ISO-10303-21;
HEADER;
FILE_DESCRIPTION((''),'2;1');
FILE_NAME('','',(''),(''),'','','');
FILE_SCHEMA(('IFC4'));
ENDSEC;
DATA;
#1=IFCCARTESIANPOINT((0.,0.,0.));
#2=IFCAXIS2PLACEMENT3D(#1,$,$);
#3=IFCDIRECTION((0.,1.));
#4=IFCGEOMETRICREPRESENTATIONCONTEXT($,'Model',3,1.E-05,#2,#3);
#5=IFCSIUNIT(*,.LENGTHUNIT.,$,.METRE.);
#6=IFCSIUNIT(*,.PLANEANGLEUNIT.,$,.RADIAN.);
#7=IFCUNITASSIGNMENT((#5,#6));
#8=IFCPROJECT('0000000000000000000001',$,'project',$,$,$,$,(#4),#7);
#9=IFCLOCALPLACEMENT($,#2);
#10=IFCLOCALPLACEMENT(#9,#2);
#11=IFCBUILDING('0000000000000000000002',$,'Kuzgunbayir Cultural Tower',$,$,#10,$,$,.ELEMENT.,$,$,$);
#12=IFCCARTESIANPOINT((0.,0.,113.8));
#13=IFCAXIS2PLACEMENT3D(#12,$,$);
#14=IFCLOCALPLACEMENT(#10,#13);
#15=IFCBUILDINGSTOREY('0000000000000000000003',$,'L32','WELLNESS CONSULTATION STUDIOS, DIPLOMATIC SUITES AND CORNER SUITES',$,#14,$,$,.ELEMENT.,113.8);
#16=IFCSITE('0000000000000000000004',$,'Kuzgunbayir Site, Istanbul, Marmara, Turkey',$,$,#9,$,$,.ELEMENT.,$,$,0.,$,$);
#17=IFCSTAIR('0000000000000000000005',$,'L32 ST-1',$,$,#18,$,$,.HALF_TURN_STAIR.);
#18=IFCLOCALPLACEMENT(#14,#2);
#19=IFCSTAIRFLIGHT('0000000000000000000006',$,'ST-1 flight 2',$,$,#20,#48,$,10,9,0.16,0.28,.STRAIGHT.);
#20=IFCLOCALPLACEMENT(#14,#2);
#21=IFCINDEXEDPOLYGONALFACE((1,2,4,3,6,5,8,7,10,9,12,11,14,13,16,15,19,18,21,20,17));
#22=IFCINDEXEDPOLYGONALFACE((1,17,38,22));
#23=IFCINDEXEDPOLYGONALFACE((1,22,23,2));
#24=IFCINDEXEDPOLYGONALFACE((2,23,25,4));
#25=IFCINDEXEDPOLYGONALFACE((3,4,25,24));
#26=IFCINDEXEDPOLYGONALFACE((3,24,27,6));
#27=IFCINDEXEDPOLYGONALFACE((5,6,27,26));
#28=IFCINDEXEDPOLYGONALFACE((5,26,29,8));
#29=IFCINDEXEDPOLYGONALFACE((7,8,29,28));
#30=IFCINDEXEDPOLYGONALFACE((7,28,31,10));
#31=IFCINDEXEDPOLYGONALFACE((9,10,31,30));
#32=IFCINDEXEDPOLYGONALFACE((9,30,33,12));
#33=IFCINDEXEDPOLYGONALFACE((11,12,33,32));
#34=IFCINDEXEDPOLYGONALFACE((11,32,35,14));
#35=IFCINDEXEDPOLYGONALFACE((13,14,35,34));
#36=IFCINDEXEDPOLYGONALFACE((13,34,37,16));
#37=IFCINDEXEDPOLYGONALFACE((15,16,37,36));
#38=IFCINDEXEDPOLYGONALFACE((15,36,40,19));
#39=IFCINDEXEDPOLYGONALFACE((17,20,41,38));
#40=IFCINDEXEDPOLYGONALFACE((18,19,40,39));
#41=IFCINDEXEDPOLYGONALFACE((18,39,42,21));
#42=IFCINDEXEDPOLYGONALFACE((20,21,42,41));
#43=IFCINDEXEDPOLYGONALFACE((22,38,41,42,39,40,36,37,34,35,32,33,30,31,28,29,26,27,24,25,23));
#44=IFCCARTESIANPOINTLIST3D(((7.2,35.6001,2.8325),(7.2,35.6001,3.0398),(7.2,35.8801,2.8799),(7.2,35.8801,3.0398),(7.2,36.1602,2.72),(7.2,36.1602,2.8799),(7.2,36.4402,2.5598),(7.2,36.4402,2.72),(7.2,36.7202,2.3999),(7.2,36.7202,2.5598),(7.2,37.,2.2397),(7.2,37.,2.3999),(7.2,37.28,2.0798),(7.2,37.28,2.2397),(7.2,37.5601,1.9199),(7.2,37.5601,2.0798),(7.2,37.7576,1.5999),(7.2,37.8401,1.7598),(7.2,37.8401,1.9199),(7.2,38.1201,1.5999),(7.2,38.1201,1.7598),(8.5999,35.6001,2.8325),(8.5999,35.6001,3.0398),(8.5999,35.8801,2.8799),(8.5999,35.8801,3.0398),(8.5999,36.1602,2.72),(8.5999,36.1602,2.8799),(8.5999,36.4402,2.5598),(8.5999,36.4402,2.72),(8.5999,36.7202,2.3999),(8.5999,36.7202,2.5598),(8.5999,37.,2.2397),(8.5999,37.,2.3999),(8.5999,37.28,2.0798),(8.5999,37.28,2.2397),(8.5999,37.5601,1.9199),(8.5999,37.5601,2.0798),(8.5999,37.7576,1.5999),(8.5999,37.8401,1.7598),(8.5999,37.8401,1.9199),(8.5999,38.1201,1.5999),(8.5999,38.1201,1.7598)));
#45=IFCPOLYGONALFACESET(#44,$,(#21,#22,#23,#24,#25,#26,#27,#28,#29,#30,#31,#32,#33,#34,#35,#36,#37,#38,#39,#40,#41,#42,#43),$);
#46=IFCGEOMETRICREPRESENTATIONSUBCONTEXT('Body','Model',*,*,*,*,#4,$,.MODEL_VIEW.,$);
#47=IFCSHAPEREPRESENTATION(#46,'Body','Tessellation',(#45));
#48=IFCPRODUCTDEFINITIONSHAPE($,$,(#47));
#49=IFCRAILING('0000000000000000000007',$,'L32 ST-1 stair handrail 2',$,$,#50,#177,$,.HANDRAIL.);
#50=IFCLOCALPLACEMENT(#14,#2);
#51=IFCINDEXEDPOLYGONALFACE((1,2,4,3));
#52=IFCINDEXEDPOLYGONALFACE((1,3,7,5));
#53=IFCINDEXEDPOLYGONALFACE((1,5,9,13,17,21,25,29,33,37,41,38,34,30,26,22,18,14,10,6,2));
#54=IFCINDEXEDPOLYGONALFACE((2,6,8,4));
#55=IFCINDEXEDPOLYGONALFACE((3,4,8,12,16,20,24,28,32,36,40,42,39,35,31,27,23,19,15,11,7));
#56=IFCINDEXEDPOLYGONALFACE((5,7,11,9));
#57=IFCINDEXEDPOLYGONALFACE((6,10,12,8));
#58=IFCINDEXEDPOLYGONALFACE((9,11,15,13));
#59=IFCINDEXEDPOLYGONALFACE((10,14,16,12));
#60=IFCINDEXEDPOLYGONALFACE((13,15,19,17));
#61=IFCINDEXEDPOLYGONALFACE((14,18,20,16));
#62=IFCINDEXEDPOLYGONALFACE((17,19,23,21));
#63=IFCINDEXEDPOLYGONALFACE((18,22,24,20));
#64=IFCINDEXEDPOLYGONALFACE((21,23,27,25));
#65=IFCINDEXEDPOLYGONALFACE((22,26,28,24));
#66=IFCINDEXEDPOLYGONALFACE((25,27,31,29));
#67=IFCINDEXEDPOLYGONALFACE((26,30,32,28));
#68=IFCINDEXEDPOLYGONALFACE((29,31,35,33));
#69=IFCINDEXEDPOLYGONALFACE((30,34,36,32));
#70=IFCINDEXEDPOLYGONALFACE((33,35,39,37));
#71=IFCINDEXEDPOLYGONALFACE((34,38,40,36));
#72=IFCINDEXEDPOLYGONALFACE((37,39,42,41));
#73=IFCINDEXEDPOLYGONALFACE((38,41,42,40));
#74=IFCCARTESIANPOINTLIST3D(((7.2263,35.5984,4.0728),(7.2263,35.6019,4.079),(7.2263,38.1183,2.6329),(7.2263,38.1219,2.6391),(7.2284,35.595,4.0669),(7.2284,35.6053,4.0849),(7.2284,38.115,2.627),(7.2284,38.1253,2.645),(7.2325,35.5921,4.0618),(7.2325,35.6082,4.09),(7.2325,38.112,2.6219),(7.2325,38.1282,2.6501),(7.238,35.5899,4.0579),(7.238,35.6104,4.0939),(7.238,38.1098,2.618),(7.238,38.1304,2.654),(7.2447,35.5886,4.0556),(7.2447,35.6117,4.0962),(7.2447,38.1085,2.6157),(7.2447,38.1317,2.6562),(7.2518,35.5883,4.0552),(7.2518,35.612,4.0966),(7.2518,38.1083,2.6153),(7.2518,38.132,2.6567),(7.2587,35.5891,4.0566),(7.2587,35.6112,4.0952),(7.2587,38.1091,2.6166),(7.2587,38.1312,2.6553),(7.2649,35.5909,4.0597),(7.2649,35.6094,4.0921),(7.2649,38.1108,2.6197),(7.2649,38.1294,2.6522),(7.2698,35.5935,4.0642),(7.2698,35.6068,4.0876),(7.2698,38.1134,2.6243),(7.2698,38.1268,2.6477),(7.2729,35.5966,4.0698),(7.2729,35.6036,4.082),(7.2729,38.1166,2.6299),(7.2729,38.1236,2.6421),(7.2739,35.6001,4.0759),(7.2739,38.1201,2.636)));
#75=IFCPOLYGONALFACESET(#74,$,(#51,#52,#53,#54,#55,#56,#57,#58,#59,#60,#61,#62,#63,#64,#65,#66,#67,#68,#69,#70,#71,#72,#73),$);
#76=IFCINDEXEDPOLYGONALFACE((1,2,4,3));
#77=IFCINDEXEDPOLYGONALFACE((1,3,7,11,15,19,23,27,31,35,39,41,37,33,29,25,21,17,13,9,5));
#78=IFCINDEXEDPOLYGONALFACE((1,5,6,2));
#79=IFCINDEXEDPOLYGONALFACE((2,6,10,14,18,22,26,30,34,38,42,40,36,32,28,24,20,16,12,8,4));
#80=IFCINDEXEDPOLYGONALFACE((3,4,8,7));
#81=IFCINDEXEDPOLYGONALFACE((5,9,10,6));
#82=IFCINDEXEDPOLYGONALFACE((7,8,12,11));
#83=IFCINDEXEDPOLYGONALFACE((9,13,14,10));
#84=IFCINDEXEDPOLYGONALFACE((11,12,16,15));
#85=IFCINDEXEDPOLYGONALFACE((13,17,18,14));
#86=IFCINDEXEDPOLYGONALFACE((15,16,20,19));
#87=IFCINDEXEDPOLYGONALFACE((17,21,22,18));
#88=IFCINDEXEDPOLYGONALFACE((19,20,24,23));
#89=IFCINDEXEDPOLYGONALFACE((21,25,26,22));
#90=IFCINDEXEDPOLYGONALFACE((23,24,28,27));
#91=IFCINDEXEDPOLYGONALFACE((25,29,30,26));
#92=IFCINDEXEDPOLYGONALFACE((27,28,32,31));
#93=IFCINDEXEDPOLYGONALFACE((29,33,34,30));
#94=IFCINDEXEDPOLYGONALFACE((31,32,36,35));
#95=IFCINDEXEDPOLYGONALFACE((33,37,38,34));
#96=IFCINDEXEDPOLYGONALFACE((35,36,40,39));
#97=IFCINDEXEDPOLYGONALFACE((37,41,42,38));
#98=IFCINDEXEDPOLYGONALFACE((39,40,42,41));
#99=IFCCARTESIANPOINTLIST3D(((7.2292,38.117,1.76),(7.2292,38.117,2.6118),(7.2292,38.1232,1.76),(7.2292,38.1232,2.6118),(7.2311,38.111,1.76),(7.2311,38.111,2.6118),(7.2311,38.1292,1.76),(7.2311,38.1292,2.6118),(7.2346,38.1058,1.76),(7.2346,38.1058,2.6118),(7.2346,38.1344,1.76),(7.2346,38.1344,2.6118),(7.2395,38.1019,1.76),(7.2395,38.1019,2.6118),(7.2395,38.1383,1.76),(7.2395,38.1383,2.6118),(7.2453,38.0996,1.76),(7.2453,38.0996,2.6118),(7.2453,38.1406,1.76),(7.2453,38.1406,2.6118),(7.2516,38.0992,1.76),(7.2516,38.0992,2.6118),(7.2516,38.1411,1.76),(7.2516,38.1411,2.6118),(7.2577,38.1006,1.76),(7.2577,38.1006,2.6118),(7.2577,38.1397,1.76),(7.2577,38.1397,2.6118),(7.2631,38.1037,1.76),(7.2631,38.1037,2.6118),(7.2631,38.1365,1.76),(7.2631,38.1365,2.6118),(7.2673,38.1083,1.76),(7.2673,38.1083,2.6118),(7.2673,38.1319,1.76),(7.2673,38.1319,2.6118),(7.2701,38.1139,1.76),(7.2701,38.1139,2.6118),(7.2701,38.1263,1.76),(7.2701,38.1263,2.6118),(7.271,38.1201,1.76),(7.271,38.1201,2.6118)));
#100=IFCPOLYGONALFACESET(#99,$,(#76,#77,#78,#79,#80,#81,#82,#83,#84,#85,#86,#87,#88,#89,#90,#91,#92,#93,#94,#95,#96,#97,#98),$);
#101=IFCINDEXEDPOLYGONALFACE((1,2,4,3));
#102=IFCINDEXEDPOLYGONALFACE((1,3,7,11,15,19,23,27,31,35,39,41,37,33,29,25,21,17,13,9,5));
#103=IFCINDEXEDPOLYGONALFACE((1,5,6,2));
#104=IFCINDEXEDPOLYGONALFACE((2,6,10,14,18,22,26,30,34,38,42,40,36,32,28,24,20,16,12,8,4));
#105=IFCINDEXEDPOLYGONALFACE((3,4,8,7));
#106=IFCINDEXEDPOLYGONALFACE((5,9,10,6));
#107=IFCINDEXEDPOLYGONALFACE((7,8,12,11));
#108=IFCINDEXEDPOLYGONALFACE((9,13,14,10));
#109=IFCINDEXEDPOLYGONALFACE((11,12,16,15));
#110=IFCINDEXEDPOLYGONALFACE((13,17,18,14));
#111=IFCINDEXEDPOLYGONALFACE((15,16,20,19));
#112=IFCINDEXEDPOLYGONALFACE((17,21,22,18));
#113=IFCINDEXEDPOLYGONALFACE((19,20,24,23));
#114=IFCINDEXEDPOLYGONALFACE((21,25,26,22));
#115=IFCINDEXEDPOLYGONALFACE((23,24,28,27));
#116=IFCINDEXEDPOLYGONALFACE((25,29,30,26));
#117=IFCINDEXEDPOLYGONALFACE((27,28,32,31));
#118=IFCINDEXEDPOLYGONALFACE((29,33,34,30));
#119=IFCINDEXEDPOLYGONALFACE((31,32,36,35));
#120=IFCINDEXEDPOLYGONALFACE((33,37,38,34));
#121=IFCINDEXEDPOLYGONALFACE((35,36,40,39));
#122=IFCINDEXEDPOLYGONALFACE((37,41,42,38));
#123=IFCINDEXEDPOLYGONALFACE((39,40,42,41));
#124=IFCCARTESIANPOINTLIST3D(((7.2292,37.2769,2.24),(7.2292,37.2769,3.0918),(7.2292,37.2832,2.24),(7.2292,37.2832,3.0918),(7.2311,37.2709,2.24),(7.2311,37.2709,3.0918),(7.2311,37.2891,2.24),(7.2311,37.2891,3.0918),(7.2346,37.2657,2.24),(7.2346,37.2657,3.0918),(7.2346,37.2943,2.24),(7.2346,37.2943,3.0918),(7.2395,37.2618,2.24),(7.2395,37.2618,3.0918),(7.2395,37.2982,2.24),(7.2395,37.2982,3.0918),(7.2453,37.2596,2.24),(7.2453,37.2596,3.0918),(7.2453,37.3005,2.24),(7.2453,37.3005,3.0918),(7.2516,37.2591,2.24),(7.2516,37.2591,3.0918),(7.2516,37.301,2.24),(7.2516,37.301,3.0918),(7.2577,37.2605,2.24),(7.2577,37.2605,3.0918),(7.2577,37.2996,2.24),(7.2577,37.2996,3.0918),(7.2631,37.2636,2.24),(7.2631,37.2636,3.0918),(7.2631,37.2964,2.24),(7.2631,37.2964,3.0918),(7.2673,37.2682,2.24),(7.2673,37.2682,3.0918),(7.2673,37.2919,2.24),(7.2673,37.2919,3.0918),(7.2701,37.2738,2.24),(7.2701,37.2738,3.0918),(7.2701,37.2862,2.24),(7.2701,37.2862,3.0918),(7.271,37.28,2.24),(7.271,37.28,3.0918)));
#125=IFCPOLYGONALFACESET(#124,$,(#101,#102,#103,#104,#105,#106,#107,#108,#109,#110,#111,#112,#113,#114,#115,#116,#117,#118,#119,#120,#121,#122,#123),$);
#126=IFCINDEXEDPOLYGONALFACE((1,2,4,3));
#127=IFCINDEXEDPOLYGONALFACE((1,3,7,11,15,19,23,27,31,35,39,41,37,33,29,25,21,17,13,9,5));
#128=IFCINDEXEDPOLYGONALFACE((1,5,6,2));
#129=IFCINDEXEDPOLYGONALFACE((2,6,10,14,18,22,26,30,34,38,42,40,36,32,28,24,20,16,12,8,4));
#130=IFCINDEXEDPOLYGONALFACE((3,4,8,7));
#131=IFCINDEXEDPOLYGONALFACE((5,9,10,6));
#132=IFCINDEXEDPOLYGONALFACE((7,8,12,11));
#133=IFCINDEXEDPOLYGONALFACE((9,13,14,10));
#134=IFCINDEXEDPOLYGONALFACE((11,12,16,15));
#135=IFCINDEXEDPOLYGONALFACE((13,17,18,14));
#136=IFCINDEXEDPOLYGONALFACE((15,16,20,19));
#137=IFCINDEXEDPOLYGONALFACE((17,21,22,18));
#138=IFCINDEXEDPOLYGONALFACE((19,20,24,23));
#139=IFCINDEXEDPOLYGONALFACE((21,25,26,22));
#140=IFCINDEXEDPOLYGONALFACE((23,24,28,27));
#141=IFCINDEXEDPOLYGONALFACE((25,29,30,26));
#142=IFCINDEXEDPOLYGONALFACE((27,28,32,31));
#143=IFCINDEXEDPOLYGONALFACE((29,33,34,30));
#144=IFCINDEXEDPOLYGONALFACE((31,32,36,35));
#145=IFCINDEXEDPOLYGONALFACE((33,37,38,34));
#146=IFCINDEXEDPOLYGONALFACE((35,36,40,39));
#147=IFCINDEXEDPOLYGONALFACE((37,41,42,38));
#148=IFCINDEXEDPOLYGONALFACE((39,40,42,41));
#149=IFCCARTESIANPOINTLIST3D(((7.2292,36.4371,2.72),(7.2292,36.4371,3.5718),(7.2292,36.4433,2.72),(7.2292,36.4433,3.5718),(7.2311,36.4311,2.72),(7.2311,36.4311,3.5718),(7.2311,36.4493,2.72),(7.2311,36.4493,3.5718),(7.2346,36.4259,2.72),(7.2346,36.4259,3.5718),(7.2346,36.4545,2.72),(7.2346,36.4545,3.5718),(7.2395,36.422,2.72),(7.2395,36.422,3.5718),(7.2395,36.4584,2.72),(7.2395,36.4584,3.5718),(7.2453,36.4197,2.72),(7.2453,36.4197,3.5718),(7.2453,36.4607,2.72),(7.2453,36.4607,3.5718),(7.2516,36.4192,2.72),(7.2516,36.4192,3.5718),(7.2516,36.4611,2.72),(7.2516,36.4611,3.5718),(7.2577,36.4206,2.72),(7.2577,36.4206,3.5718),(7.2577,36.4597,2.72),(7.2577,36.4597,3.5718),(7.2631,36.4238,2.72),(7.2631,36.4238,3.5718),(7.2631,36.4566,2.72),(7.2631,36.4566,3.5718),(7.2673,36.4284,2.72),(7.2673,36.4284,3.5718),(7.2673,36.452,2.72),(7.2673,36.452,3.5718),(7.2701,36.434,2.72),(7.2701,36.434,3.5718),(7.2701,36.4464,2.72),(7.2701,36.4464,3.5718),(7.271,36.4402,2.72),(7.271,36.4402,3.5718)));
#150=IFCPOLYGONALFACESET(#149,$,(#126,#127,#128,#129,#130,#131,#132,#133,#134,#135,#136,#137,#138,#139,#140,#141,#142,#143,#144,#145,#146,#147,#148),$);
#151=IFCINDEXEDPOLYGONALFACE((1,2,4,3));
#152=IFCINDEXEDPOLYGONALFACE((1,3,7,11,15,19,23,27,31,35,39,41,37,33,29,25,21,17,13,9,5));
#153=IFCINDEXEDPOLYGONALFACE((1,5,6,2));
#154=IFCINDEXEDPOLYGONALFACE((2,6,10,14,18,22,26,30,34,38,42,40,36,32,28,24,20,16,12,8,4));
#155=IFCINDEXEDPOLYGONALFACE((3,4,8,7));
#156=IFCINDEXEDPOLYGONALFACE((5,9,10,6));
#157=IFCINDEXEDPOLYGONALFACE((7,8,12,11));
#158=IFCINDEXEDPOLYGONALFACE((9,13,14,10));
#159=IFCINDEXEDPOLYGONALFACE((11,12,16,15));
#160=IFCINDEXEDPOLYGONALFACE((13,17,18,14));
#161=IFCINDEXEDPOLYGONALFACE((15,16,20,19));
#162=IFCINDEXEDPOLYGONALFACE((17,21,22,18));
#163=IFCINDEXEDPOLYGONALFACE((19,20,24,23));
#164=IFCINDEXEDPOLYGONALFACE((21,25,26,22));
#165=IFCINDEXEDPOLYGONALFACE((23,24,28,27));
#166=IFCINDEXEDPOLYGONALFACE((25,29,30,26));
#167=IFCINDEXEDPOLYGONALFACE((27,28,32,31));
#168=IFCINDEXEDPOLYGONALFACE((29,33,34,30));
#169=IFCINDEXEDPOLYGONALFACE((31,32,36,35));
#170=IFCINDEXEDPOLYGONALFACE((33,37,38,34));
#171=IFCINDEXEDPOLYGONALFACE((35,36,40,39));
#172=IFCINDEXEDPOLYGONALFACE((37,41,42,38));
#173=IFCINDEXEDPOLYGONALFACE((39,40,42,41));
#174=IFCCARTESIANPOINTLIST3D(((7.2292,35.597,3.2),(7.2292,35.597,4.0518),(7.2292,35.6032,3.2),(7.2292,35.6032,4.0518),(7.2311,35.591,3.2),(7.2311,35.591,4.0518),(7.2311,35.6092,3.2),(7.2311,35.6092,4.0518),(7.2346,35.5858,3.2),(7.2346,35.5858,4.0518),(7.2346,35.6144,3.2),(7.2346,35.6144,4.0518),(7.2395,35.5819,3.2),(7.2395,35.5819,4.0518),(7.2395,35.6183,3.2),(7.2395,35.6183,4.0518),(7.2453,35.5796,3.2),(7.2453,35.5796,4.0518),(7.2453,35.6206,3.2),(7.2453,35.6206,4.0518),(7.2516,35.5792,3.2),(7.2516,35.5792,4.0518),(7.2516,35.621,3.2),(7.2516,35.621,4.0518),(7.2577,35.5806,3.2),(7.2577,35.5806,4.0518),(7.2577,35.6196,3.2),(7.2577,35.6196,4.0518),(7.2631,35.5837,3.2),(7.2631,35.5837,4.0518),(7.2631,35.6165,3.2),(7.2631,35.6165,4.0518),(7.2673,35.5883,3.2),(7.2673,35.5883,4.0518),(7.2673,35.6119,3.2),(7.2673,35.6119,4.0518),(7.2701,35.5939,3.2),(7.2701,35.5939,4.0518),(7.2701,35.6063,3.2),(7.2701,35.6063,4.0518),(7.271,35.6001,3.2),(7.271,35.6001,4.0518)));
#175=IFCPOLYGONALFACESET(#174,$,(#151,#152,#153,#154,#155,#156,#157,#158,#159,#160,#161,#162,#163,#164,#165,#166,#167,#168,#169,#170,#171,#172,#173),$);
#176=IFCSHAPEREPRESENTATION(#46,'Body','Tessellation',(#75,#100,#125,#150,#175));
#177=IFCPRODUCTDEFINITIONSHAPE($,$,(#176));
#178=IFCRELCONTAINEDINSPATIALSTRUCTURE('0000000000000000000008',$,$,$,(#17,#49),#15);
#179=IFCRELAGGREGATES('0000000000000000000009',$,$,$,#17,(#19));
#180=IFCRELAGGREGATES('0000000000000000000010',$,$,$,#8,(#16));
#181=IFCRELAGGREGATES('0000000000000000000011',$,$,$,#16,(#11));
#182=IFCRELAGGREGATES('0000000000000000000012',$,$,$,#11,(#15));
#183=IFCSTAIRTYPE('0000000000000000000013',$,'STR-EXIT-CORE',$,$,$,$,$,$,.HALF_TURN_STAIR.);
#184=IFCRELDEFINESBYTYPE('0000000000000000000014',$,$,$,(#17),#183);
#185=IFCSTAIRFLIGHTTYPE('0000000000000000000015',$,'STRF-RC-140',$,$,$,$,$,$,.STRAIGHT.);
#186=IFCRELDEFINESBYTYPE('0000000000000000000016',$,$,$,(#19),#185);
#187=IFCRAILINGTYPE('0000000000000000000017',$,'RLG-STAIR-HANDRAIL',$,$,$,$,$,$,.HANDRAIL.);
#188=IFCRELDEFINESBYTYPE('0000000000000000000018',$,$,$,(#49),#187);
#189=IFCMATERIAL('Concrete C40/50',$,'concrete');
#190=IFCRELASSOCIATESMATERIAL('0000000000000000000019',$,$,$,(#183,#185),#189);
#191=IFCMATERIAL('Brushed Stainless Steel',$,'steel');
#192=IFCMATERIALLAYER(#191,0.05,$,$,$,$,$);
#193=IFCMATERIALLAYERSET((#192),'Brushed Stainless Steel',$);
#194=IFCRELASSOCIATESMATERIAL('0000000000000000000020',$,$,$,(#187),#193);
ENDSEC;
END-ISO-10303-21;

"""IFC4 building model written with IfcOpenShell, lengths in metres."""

from ifc_helpers import new_model, si_unit, direction, frame, origin, origin_2d, place, context, subcontext, project, spatial, polyline, circle, outline, extrude, material, layer, layer_set, type_object, element, aggregate, save


model = new_model("IFC4")

# Units and contexts
model_context = context("Model", 3, precision=1e-05, world=origin(), true_north=direction((0.0, 1.0)))
body_context = subcontext(model_context, "Body", "Model", "MODEL_VIEW")
ifc_project = project(units=[si_unit("LENGTHUNIT", "METRE"), si_unit("PLANEANGLEUNIT", "RADIAN")], contexts=[model_context])

# Site, building, storey
site_placement = place(None, origin())
site = spatial("IfcSite", under=ifc_project, at=site_placement, Name="Kuzgunbayir Site, Istanbul, Marmara, Turkey", CompositionType="ELEMENT", RefElevation=0.0)
building_placement = place(site_placement, origin())
building = spatial("IfcBuilding", under=site, at=building_placement, Name="Kuzgunbayir Cultural Tower", CompositionType="ELEMENT")
storey_placement = place(building_placement, frame((0.0, 0.0, 113.8)))
storey = spatial("IfcBuildingStorey", under=building, at=storey_placement, Name="L32", Description="WELLNESS CONSULTATION STUDIOS, DIPLOMATIC SUITES AND CORNER SUITES", CompositionType="ELEMENT", Elevation=113.8)

# Stair, stair flight
ifc_material_1 = material(Name="Concrete C40/50", Category="concrete")
stair_type = type_object("IfcStairType", Name="STR-EXIT-CORE", PredefinedType="HALF_TURN_STAIR", material=ifc_material_1)
stair_placement = place(storey_placement, origin())
stair = element("IfcStair", 1, at=stair_placement, inside=storey, type_object=stair_type, Name="L32 ST-1", PredefinedType="HALF_TURN_STAIR")
stair_flight_type = type_object("IfcStairFlightType", Name="STRF-RC-140", PredefinedType="STRAIGHT", material=ifc_material_1)
stair_flight_placement = place(storey_placement, frame((7.8999, 38.1201, 1.5999), z_axis=(0.0, 0.0, 1.0), x_axis=(0.0, -1.0, 0.0)))
stair_flight = element("IfcStairFlight", 2, at=stair_flight_placement, type_object=stair_flight_type, Name="ST-1 flight 2", NumberOfRisers=10, NumberOfTreads=9, PredefinedType="STRAIGHT", RiserHeight=0.16, TreadLength=0.28, context=body_context, shape_type="SweptSolid", body=[
    extrude(outline(polyline([(0.0, 0.0), (0.0, 0.1599), (0.28, 0.1599), (0.28, 0.3201), (0.5601, 0.3201), (0.5601, 0.48), (0.8401, 0.48), (0.8401, 0.6399), (1.1201, 0.6399), (1.1201, 0.8), (1.3999, 0.8), (1.3999, 0.96), (1.6799, 0.96), (1.6799, 1.1201), (1.96, 1.1201), (1.96, 1.28), (2.24, 1.28), (2.24, 1.4399), (2.52, 1.4399), (2.52, 1.6001), (2.52, 1.2327), (0.3625, 0.0), (0.0, 0.0)])), frame((0.0, 0.7, 0.0), z_axis=(0.0, -1.0, 0.0), x_axis=(1.0, 0.0, 0.0)), (0.0, 0.0, 1.0), 1.3999),
])
aggregate(stair, [stair_flight])

# Railing
ifc_material_2 = material(Name="Brushed Stainless Steel", Category="steel")
ifc_layer_1 = layer(ifc_material_2, 0.05)
ifc_layer_set_1 = layer_set([ifc_layer_1], Name="Brushed Stainless Steel")
railing_type_1 = type_object("IfcRailingType", Name="RLG-STAIR-HANDRAIL", PredefinedType="HANDRAIL", material=ifc_layer_set_1)
railing_1_placement = place(storey_placement, frame((7.25, 38.1201, 1.76)))
element("IfcRailing", 3, at=railing_1_placement, inside=storey, type_object=railing_type_1, Name="L32 ST-1 stair handrail 2", PredefinedType="HANDRAIL", context=body_context, shape_type="SweptSolid", body=[
    extrude(circle(Radius=0.0239, at=origin_2d()), frame((0.0, 0.0, 0.876), z_axis=(0.0, -0.868253, 0.496121), x_axis=(1.0, 0.0, 0.0)), (0.0, 0.0, 1.0), 2.9023),
    extrude(circle(Radius=0.021, at=origin_2d()), origin(), (0.0, 0.0, 1.0), 0.8518),
    extrude(circle(Radius=0.021, at=origin_2d()), frame((0.0, -0.8401, 0.48)), (0.0, 0.0, 1.0), 0.8518),
    extrude(circle(Radius=0.021, at=origin_2d()), frame((0.0, -1.6799, 0.96)), (0.0, 0.0, 1.0), 0.8518),
    extrude(circle(Radius=0.021, at=origin_2d()), frame((0.0, -2.52, 1.4399)), (0.0, 0.0, 1.0), 0.8518),
])

save(model, "model.ifc")
